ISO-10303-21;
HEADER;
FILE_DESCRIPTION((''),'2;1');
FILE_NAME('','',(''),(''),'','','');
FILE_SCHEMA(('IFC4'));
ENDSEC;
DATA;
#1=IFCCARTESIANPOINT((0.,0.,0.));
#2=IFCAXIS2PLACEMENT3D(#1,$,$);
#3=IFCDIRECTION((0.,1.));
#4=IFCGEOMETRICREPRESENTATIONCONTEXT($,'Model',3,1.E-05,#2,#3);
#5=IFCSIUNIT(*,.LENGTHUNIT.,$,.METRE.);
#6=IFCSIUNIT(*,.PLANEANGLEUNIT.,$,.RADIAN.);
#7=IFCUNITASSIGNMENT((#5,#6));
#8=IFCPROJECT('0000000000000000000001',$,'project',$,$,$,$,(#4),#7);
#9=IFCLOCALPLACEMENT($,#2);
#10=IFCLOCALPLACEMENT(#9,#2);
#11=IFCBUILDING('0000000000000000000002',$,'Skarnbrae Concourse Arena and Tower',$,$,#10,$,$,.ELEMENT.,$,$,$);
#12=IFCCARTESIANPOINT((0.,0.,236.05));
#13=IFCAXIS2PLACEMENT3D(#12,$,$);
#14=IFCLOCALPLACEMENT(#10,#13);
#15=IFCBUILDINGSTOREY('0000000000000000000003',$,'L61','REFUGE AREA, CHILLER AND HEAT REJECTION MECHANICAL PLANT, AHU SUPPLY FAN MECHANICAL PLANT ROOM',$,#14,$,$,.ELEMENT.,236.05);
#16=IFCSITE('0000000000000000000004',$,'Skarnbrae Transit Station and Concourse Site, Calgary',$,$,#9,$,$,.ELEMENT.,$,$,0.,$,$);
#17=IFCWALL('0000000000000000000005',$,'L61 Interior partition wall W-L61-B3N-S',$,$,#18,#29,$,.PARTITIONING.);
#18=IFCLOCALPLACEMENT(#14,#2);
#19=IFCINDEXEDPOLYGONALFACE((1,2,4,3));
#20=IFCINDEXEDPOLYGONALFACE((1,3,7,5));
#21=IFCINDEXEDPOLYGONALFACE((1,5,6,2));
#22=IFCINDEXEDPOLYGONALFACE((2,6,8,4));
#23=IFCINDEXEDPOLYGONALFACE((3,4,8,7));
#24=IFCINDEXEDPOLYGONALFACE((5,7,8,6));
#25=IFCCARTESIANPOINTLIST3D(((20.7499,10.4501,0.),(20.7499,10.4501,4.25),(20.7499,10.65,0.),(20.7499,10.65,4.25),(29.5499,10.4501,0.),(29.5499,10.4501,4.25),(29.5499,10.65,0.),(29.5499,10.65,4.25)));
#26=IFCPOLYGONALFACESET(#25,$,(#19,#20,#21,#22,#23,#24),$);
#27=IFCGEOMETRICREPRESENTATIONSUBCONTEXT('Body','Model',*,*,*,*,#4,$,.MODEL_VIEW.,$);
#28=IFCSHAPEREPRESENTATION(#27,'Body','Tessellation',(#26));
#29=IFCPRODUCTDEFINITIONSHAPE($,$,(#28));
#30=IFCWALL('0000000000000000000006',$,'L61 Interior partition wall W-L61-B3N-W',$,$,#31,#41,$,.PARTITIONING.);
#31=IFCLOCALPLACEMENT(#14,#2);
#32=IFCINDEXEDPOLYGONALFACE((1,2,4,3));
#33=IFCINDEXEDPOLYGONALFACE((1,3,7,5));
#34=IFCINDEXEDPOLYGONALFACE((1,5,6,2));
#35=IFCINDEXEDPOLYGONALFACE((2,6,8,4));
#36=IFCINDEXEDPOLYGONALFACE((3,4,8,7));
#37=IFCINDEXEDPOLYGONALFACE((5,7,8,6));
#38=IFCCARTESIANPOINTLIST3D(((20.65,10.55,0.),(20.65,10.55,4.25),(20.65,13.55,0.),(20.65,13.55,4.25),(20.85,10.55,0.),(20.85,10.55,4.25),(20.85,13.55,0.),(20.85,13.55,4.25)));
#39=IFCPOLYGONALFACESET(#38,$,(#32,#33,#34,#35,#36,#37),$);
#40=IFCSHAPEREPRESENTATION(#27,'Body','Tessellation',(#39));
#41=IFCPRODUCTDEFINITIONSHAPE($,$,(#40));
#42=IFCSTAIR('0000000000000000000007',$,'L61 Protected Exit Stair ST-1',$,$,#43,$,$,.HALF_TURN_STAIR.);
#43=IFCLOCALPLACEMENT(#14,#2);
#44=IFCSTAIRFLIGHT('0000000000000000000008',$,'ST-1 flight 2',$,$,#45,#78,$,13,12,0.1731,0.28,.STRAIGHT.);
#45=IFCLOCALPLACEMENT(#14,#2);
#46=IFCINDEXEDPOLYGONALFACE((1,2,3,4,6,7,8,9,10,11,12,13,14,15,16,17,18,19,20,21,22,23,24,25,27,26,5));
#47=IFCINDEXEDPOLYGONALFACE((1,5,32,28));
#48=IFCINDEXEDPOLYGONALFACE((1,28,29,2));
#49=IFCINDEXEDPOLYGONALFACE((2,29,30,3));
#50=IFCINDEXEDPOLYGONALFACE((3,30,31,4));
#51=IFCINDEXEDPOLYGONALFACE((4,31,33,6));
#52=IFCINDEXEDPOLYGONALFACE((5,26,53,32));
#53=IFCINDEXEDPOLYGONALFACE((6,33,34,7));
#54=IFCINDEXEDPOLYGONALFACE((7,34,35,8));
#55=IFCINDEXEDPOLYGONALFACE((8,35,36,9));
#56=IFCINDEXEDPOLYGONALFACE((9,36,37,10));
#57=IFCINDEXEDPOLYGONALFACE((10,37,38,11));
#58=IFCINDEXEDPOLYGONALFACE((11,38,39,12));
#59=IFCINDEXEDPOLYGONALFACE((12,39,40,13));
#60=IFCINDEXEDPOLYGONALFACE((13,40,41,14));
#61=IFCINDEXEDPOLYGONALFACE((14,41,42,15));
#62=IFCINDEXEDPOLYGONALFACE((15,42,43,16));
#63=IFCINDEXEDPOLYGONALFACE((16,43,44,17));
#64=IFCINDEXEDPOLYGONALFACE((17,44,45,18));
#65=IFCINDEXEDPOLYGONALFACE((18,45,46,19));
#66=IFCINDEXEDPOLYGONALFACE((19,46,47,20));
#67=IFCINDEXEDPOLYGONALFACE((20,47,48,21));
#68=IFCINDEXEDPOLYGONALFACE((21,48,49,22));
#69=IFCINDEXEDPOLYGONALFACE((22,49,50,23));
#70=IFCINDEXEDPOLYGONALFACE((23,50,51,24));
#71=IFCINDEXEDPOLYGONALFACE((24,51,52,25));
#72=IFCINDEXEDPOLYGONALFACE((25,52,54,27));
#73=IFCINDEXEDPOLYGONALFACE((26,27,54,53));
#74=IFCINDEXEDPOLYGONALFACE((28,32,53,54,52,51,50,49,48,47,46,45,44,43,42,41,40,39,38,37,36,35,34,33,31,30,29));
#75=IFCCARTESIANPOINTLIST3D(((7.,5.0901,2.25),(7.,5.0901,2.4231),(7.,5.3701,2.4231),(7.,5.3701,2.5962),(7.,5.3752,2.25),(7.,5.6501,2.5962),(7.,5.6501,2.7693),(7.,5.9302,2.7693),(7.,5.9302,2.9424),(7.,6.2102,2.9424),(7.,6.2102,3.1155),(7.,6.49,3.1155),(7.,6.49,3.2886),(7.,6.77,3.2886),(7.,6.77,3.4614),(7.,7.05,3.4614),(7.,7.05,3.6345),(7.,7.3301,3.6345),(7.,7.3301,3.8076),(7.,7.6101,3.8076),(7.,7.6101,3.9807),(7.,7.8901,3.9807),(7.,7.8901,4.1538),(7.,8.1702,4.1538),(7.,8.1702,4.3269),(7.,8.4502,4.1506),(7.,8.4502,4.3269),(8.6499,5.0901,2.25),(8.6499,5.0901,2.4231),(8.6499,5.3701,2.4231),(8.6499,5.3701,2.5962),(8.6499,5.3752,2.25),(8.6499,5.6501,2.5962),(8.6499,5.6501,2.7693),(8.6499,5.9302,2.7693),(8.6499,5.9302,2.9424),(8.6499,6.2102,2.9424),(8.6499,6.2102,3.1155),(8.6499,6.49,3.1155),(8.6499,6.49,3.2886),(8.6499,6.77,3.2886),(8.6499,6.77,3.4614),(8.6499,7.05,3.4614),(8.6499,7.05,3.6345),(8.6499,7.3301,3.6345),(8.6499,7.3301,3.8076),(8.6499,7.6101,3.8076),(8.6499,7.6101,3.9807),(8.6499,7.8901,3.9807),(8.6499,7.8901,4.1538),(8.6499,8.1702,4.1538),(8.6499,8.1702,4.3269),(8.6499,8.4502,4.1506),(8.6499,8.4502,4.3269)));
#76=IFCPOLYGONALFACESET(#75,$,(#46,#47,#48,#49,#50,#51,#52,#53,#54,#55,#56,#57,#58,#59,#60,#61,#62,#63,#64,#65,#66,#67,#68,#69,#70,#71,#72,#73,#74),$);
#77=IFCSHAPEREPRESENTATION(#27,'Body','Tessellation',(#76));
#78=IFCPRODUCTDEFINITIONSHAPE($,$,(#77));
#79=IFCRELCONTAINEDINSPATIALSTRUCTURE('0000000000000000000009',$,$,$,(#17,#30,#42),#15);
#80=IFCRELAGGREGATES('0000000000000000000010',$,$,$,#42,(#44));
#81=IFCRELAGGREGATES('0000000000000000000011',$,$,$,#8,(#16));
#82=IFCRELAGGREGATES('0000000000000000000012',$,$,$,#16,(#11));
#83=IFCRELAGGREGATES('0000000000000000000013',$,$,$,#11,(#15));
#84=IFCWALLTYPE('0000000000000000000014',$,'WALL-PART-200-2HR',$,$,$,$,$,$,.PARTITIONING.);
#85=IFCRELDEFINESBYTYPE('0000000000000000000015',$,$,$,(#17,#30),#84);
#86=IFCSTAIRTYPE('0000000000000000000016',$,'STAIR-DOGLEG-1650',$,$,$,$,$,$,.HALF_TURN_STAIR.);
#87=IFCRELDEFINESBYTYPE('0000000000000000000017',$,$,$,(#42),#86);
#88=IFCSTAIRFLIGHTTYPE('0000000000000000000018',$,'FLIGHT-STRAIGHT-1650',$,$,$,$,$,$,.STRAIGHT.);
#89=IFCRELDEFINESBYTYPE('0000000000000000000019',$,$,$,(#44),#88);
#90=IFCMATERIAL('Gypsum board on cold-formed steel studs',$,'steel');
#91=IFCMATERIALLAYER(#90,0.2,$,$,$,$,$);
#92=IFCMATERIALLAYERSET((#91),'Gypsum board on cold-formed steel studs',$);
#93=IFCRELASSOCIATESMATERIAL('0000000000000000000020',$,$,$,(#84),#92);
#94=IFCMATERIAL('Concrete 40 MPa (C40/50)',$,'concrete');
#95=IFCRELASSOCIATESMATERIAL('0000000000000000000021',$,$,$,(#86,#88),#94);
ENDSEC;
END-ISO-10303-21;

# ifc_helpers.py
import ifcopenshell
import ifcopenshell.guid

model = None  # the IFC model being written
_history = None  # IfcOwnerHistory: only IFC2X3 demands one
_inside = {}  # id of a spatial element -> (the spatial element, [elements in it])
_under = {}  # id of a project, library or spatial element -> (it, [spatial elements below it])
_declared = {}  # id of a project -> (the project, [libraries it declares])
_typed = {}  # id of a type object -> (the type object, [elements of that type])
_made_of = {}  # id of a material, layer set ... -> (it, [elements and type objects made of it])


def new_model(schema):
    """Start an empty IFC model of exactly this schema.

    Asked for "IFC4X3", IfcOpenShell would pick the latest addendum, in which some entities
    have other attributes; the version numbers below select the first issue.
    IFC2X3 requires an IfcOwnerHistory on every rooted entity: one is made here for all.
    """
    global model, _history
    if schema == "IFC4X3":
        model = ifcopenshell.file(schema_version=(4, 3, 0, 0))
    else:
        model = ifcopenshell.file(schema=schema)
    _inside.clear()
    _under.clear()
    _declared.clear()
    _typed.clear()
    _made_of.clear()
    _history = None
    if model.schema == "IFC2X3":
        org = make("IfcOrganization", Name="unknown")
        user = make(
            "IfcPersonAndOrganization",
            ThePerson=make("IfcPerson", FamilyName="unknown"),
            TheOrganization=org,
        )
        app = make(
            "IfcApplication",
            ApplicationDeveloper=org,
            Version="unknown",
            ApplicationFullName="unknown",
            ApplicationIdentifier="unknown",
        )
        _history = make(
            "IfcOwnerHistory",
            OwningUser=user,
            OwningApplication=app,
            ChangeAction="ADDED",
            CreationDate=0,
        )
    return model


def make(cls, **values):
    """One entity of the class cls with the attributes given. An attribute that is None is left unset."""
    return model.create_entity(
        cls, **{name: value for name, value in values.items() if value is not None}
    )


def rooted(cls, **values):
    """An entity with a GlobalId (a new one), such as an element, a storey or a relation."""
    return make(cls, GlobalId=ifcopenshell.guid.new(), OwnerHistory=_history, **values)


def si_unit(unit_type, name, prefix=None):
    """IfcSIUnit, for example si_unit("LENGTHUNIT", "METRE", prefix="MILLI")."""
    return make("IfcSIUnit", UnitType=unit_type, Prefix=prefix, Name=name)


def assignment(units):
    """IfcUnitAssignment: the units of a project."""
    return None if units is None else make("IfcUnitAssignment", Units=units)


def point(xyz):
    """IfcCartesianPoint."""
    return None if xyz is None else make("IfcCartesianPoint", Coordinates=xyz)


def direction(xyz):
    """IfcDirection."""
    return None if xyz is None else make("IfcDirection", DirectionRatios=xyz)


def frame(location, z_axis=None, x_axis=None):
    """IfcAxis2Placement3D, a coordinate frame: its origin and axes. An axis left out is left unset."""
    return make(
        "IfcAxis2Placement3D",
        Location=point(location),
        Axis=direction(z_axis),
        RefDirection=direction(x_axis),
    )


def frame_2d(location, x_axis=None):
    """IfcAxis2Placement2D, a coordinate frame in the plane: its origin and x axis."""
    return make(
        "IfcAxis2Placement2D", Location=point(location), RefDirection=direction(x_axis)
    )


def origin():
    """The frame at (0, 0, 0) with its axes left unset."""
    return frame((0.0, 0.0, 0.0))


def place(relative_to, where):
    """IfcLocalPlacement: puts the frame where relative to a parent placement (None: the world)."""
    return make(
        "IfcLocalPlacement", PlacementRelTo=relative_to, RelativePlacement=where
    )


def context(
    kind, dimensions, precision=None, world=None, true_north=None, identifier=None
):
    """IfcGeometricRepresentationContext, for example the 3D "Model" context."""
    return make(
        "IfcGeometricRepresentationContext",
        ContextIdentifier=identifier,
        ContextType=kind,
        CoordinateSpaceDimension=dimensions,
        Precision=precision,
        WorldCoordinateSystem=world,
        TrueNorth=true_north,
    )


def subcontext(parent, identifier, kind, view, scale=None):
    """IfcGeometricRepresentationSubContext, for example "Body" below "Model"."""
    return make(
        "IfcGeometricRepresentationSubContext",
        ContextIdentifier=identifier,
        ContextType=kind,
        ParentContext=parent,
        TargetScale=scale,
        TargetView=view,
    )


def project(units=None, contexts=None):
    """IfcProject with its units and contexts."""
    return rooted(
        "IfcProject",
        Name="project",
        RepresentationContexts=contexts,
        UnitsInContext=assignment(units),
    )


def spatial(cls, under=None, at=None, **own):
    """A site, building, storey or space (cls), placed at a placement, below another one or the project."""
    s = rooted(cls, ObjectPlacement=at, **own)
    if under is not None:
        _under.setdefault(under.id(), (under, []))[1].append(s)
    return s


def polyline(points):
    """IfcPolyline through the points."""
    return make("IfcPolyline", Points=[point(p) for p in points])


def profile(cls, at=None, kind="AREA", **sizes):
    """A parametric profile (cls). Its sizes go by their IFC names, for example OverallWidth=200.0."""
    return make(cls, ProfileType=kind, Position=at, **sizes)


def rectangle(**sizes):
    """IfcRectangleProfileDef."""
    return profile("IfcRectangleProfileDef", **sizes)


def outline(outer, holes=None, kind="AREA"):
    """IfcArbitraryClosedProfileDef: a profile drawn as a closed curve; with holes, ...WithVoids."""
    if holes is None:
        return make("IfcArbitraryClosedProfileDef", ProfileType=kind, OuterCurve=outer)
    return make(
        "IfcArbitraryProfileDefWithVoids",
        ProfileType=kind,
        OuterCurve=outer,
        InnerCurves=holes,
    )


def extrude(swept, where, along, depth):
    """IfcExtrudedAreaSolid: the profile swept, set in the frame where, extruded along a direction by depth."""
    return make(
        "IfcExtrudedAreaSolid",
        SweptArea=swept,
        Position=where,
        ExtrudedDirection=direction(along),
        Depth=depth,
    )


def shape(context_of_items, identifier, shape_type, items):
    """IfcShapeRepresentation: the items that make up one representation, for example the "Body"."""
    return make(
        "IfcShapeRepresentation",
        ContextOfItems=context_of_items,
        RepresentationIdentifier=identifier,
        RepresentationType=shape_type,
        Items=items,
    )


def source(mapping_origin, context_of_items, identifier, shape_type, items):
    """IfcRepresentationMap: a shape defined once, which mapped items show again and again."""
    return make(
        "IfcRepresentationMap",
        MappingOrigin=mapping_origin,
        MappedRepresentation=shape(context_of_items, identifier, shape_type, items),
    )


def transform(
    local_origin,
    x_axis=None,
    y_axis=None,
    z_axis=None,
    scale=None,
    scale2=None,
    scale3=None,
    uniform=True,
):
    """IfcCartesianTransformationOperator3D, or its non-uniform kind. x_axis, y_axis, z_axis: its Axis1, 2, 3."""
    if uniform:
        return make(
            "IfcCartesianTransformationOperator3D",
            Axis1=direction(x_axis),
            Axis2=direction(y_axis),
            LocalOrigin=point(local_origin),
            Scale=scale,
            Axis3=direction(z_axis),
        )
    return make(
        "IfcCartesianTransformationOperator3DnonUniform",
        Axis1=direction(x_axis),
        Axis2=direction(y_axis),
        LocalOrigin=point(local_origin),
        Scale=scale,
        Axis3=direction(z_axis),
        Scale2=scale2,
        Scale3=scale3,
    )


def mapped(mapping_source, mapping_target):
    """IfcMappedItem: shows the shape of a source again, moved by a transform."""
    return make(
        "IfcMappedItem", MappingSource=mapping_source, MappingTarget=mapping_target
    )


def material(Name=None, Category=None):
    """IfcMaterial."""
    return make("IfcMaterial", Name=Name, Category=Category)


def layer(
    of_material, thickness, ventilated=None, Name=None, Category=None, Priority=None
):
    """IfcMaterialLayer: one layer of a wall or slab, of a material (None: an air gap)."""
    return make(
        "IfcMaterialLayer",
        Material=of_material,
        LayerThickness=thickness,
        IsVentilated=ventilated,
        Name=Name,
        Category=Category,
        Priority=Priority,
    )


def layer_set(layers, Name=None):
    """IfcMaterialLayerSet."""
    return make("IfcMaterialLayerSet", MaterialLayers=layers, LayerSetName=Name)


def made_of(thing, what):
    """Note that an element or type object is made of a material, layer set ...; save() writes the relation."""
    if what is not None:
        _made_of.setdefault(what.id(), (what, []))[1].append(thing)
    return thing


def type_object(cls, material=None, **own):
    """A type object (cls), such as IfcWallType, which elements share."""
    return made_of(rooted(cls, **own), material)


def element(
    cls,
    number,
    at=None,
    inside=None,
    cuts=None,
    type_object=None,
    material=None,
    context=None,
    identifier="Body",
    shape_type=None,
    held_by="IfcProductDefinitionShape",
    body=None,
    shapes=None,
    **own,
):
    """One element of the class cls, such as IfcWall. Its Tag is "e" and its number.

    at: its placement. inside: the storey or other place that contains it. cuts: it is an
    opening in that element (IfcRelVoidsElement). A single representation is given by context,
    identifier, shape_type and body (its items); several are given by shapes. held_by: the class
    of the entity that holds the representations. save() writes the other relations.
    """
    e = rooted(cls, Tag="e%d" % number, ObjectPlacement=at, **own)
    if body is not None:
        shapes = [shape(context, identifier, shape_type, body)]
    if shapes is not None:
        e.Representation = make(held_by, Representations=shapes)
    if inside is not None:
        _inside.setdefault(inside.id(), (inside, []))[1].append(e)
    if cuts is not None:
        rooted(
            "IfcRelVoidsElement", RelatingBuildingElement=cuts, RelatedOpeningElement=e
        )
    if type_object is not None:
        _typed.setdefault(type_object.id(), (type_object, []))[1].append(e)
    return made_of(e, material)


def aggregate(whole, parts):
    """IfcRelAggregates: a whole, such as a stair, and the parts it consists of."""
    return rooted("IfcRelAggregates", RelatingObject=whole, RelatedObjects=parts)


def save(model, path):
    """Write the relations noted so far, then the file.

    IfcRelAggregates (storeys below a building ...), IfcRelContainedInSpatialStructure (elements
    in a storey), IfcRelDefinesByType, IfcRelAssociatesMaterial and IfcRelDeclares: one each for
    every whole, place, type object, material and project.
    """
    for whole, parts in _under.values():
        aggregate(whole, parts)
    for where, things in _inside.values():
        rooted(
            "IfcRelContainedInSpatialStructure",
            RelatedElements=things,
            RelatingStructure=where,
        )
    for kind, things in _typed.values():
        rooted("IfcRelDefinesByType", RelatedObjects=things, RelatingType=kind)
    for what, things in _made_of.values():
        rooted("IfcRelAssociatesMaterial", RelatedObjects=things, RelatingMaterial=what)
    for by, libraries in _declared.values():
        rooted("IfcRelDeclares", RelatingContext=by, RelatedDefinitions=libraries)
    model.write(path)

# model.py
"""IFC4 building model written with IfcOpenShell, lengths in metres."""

from ifc_helpers import new_model, si_unit, direction, frame, frame_2d, origin, place, context, subcontext, project, spatial, polyline, rectangle, outline, extrude, source, transform, mapped, material, layer, layer_set, type_object, element, aggregate, save


model = new_model("IFC4")

# Units and contexts
model_context = context("Model", 3, precision=1e-05, world=origin(), true_north=direction((0.0, 1.0)))
body_context = subcontext(model_context, "Body", "Model", "MODEL_VIEW")
ifc_project = project(units=[si_unit("LENGTHUNIT", "METRE"), si_unit("PLANEANGLEUNIT", "RADIAN")], contexts=[model_context])

# Site, building, storey
site_placement = place(None, origin())
site = spatial("IfcSite", under=ifc_project, at=site_placement, Name="Skarnbrae Transit Station and Concourse Site, Calgary", CompositionType="ELEMENT", RefElevation=0.0)
building_placement = place(site_placement, origin())
building = spatial("IfcBuilding", under=site, at=building_placement, Name="Skarnbrae Concourse Arena and Tower", CompositionType="ELEMENT")
storey_placement = place(building_placement, frame((0.0, 0.0, 236.05)))
storey = spatial("IfcBuildingStorey", under=building, at=storey_placement, Name="L61", Description="REFUGE AREA, CHILLER AND HEAT REJECTION MECHANICAL PLANT, AHU SUPPLY FAN MECHANICAL PLANT ROOM", CompositionType="ELEMENT", Elevation=236.05)

# Shared definitions
ifc_material_1 = material(Name="Gypsum board on cold-formed steel studs", Category="steel")
ifc_layer_1 = layer(ifc_material_1, 0.2)
ifc_layer_set_1 = layer_set([ifc_layer_1], Name="Gypsum board on cold-formed steel studs")
wall_type_1 = type_object("IfcWallType", Name="WALL-PART-200-2HR", PredefinedType="PARTITIONING", material=ifc_layer_set_1)

# Walls
shared_shape_1 = source(origin(), body_context, "Body", "SweptSolid", [
    extrude(rectangle(XDim=8.8, YDim=0.2, at=frame_2d((4.3999, 0.0))), origin(), (0.0, 0.0, 1.0), 4.25),
])
wall_1_placement = place(storey_placement, frame((20.75, 10.55, 0.0), z_axis=(0.0, 0.0, 1.0), x_axis=(1.0, 0.0, 0.0)))
element("IfcWall", 1, at=wall_1_placement, inside=storey, type_object=wall_type_1, Name="L61 Interior partition wall W-L61-B3N-S", PredefinedType="PARTITIONING", context=body_context, shape_type="MappedRepresentation", body=[
    mapped(shared_shape_1, transform((0.0, 0.0, 0.0))),
])
shared_shape_2 = source(origin(), body_context, "Body", "SweptSolid", [
    extrude(rectangle(XDim=3.0, YDim=0.2, at=frame_2d((1.5, 0.0))), origin(), (0.0, 0.0, 1.0), 4.25),
])
wall_2_placement = place(storey_placement, frame((20.75, 10.55, 0.0), z_axis=(0.0, 0.0, 1.0), x_axis=(0.0, 1.0, 0.0)))
element("IfcWall", 2, at=wall_2_placement, inside=storey, type_object=wall_type_1, Name="L61 Interior partition wall W-L61-B3N-W", PredefinedType="PARTITIONING", context=body_context, shape_type="MappedRepresentation", body=[
    mapped(shared_shape_2, transform((0.0, 0.0, 0.0))),
])

# Stair, stair flight
ifc_material_2 = material(Name="Concrete 40 MPa (C40/50)", Category="concrete")
stair_type = type_object("IfcStairType", Name="STAIR-DOGLEG-1650", PredefinedType="HALF_TURN_STAIR", material=ifc_material_2)
stair_placement = place(storey_placement, origin())
stair = element("IfcStair", 3, at=stair_placement, inside=storey, type_object=stair_type, Name="L61 Protected Exit Stair ST-1", PredefinedType="HALF_TURN_STAIR")
stair_flight_type = type_object("IfcStairFlightType", Name="FLIGHT-STRAIGHT-1650", PredefinedType="STRAIGHT", material=ifc_material_2)
shared_shape_3 = source(origin(), body_context, "Body", "SweptSolid", [
    extrude(outline(polyline([(0.0, 0.0), (0.0, 0.1731), (0.28, 0.1731), (0.28, 0.3462), (0.5601, 0.3462), (0.5601, 0.5193), (0.8401, 0.5193), (0.8401, 0.6924), (1.1201, 0.6924), (1.1201, 0.8655), (1.3999, 0.8655), (1.3999, 1.0386), (1.6799, 1.0386), (1.6799, 1.2114), (1.96, 1.2114), (1.96, 1.3845), (2.24, 1.3845), (2.24, 1.5576), (2.52, 1.5576), (2.52, 1.7307), (2.8, 1.7307), (2.8, 1.9038), (3.0801, 1.9038), (3.0801, 2.0769), (3.3601, 2.0769), (3.3601, 2.25), (3.3601, 1.9006), (0.2852, 0.0), (0.0, 0.0)])), frame((0.0, 0.825, 0.0), z_axis=(0.0, -1.0, 0.0), x_axis=(1.0, 0.0, 0.0)), (0.0, 0.0, 1.0), 1.6499),
])
stair_flight_placement = place(storey_placement, frame((7.825, 5.0901, 2.25), z_axis=(0.0, 0.0, 1.0), x_axis=(0.0, 1.0, 0.0)))
stair_flight = element("IfcStairFlight", 4, at=stair_flight_placement, type_object=stair_flight_type, Name="ST-1 flight 2", NumberOfRisers=13, NumberOfTreads=12, PredefinedType="STRAIGHT", RiserHeight=0.1731, TreadLength=0.28, context=body_context, shape_type="MappedRepresentation", body=[
    mapped(shared_shape_3, transform((0.0, 0.0, 0.0))),
])
aggregate(stair, [stair_flight])

save(model, "model.ifc")
